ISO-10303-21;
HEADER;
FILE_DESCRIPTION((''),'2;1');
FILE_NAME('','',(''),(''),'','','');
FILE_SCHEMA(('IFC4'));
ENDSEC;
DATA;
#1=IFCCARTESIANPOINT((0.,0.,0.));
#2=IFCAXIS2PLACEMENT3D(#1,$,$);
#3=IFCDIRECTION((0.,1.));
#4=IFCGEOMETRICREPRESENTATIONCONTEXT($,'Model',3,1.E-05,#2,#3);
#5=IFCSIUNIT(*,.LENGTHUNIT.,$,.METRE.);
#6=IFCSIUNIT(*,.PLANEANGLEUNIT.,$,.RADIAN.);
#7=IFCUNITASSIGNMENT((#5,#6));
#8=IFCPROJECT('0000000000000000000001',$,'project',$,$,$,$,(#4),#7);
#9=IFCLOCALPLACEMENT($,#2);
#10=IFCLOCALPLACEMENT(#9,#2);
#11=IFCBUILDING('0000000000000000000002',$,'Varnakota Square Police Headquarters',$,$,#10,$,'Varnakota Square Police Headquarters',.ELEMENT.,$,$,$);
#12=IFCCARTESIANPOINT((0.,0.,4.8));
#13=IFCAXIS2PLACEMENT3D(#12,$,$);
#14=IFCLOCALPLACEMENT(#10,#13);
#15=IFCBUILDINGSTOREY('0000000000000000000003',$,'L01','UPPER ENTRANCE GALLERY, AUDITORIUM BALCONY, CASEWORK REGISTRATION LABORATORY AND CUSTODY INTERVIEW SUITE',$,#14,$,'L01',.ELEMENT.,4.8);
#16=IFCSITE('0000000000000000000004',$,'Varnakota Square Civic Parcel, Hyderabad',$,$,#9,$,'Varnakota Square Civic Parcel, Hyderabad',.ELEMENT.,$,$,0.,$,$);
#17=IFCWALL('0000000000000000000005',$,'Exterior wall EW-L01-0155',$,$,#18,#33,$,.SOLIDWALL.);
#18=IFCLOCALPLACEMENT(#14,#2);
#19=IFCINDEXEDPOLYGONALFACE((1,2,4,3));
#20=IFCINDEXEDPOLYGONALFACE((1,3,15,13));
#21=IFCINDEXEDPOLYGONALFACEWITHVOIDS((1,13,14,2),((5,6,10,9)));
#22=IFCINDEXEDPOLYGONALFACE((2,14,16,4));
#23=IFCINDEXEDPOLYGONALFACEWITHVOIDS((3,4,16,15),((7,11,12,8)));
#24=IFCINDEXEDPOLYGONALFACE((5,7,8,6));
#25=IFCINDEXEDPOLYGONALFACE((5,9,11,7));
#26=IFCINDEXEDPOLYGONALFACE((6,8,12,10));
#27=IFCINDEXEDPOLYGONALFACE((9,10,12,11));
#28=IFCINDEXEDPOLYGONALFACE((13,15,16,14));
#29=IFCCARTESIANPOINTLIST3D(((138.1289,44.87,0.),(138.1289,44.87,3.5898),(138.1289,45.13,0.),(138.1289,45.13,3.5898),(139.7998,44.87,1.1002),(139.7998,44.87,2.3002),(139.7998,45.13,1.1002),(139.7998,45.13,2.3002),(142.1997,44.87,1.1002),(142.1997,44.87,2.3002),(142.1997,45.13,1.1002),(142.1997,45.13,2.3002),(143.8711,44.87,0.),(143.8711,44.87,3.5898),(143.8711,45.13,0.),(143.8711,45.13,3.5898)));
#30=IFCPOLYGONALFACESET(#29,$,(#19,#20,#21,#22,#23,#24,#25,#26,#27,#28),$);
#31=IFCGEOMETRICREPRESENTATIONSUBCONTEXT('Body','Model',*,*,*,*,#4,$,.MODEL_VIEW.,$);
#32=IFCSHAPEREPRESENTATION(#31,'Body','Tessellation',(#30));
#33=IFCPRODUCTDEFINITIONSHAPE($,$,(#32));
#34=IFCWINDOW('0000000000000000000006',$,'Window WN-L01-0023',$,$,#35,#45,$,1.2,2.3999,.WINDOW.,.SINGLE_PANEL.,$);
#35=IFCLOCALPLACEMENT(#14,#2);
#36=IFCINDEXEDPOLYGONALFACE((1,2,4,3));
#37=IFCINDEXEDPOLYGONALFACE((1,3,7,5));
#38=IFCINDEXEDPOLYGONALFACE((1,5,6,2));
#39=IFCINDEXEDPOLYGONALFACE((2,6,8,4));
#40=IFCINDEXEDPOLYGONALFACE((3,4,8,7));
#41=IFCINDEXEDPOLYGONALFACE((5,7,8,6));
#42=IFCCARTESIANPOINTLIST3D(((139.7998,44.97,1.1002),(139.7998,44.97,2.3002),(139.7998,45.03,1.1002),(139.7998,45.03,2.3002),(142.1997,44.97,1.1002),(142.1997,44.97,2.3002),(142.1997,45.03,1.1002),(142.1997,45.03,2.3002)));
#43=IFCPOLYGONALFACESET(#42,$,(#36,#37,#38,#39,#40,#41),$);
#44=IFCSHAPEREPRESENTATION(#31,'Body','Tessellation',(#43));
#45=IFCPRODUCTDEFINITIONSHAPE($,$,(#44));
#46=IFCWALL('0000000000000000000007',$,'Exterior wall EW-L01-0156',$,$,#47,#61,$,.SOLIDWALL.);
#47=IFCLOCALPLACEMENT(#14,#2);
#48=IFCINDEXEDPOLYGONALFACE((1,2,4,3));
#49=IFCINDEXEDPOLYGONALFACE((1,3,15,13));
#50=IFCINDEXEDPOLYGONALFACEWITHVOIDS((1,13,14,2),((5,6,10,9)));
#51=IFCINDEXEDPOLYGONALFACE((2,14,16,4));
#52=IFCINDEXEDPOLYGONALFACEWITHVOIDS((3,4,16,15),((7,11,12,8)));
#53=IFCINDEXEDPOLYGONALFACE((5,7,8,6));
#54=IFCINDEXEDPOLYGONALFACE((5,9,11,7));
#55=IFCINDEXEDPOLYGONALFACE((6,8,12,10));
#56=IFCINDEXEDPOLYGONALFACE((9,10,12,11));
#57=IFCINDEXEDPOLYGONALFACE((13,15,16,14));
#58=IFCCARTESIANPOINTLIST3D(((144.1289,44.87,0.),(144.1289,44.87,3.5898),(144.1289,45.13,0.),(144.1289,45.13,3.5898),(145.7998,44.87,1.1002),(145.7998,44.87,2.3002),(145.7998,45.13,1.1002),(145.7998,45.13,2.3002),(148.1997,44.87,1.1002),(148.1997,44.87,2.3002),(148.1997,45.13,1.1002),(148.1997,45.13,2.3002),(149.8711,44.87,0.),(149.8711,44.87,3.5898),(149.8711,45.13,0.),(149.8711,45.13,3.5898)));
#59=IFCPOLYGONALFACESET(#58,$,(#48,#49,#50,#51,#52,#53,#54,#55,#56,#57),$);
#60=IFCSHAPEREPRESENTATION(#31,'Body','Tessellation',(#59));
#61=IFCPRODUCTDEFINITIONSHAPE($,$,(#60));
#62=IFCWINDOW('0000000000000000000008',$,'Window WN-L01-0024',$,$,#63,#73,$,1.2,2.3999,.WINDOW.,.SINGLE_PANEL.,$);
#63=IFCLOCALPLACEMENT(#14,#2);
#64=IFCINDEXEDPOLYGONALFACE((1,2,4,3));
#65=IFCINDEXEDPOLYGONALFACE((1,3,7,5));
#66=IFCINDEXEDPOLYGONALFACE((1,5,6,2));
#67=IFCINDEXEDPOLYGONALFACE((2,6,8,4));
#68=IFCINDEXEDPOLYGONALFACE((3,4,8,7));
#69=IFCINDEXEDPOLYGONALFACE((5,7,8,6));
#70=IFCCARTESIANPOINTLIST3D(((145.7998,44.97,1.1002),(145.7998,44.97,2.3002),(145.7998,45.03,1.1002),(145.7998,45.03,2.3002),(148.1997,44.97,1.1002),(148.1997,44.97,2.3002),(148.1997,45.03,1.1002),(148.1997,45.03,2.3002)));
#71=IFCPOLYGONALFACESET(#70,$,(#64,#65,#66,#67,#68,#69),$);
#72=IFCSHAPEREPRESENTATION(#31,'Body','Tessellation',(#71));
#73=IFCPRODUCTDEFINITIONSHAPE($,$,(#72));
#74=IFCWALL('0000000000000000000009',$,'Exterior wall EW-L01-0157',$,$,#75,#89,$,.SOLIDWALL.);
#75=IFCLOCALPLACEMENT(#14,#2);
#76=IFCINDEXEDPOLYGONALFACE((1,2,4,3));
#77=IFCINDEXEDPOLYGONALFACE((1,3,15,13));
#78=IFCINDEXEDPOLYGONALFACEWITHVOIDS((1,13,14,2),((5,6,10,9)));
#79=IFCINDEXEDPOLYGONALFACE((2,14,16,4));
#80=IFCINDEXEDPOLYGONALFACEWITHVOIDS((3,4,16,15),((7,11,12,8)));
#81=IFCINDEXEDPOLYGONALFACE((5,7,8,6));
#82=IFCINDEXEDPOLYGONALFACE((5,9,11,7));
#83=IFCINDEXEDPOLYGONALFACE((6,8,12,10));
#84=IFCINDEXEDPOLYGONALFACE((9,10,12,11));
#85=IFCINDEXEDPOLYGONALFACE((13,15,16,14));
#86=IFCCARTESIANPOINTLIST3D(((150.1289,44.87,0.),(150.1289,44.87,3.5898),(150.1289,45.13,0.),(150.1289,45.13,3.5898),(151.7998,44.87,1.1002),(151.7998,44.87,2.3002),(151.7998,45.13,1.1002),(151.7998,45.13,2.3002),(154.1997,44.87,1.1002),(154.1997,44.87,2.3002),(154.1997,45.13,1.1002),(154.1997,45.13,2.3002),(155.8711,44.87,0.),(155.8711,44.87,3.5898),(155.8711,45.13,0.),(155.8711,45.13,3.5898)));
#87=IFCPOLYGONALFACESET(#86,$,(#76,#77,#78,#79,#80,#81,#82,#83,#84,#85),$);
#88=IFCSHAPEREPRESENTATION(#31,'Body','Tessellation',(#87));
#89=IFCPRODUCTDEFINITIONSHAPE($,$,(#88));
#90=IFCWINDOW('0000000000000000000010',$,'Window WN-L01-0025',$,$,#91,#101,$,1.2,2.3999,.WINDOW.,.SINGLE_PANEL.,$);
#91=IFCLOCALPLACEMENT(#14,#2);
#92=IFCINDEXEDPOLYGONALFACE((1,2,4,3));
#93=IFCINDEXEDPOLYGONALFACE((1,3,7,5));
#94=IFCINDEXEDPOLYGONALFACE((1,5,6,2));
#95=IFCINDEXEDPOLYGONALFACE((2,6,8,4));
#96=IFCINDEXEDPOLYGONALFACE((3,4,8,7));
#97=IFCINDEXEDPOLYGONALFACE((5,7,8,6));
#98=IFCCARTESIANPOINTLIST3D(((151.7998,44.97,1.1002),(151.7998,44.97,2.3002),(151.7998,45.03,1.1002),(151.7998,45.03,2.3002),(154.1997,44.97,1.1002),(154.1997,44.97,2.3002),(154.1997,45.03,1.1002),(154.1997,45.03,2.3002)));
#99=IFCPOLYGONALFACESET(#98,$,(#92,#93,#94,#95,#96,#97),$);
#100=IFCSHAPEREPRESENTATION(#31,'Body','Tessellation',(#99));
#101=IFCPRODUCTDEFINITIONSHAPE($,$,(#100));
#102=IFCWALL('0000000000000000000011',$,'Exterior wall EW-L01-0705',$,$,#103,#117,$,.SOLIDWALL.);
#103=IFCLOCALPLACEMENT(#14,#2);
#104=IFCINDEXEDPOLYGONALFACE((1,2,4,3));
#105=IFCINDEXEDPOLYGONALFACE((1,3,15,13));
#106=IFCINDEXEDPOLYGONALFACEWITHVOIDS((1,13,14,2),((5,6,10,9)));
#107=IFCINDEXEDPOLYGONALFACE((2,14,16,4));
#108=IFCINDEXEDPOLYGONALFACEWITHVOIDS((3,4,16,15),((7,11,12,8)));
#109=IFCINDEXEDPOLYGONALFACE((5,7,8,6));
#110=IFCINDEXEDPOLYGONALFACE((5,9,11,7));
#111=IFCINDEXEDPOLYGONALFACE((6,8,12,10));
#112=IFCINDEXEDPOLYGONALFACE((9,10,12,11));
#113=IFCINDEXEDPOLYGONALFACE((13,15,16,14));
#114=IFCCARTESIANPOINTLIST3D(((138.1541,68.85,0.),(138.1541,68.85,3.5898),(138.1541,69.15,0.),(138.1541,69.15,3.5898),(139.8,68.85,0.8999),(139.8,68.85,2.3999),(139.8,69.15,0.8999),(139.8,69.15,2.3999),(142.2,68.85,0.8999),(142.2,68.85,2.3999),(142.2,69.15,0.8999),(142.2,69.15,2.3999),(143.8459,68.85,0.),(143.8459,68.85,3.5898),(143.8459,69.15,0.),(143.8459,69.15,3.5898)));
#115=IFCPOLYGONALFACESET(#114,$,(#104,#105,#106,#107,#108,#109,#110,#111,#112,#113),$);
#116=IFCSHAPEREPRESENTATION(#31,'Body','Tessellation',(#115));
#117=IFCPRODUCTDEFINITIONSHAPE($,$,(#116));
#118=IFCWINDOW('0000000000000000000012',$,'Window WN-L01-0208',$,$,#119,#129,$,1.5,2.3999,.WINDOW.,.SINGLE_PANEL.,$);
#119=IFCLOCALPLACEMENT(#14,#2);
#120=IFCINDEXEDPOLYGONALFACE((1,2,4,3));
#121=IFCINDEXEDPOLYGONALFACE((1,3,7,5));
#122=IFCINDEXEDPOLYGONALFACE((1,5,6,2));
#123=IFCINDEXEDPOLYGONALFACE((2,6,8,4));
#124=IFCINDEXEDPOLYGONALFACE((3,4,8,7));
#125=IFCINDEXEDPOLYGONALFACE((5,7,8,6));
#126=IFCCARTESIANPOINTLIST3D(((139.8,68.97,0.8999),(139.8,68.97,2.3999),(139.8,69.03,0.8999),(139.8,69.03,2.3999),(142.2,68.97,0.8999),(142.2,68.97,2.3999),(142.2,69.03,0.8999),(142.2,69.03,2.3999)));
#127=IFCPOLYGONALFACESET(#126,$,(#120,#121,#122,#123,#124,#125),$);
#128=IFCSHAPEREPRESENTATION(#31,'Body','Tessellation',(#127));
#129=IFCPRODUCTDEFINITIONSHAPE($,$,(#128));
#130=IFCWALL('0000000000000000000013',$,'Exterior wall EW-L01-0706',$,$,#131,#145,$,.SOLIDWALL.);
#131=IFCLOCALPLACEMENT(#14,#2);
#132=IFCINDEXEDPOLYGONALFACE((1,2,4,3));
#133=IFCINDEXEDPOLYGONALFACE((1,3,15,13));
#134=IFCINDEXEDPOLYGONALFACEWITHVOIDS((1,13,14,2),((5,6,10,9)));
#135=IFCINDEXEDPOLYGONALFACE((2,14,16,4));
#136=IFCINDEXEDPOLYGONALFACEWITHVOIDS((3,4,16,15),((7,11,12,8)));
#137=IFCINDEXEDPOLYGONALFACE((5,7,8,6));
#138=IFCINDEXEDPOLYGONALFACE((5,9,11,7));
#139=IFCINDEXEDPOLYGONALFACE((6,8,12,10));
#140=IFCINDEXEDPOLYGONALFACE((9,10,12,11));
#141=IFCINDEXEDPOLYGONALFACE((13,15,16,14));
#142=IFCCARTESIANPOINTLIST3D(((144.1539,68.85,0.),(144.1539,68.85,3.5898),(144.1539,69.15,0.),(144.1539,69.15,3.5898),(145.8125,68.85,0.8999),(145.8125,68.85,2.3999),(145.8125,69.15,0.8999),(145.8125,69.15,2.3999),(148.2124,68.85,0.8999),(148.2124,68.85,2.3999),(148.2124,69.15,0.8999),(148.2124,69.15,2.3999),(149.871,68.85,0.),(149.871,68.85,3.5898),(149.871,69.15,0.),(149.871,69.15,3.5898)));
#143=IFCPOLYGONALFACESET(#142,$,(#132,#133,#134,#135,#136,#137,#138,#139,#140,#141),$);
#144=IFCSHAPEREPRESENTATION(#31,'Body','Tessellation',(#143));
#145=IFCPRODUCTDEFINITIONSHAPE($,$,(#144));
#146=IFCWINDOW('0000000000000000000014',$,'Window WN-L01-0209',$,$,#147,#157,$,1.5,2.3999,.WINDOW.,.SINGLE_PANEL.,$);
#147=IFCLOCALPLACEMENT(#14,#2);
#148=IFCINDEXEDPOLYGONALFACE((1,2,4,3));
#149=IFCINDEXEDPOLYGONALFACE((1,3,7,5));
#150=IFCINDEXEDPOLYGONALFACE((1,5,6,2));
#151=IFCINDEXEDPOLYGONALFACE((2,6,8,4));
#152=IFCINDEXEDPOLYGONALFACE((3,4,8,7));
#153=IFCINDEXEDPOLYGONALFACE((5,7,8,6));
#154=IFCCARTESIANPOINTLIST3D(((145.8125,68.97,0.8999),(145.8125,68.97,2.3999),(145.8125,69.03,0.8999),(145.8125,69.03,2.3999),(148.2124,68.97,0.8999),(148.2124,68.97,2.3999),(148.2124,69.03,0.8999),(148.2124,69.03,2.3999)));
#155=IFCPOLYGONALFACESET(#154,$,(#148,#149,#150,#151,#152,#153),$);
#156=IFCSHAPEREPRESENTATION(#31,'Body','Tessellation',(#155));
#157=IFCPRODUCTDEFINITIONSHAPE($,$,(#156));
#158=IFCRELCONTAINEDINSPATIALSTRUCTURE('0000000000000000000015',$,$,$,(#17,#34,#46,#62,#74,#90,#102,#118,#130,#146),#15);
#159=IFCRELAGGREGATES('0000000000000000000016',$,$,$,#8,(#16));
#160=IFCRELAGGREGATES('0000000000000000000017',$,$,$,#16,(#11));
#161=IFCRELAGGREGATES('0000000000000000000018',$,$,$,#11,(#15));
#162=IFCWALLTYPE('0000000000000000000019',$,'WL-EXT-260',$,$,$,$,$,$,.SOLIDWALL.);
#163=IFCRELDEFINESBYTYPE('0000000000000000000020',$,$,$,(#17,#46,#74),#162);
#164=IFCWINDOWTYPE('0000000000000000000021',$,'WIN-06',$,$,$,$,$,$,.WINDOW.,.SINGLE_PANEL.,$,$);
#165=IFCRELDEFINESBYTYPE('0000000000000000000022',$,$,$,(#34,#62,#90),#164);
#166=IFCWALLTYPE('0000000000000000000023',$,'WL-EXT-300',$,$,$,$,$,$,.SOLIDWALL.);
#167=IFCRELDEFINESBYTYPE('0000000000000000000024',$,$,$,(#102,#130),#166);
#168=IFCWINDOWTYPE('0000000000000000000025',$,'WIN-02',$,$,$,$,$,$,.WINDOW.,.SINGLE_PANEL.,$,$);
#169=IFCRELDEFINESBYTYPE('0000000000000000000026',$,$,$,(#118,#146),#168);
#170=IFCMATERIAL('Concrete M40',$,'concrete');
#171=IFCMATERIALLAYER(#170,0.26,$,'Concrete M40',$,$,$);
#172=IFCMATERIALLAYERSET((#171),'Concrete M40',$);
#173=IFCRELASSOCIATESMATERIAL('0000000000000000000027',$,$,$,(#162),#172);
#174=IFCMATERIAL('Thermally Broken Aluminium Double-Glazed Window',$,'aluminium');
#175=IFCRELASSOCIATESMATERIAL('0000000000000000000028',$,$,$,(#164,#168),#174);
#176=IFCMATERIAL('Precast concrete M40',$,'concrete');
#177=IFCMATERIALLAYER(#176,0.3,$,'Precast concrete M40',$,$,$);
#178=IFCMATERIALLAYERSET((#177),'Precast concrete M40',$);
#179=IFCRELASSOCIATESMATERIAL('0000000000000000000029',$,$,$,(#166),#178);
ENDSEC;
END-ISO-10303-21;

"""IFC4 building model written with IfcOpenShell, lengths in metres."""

from ifc_helpers import new_model, si_unit, direction, frame, frame_2d, origin, place, context, subcontext, project, spatial, rectangle, extrude, material, layer, layer_set, type_object, element, fill, save


model = new_model("IFC4")

# Units and contexts
model_context = context("Model", 3, precision=1e-05, world=origin(), true_north=direction((0.0, 1.0)))
body_context = subcontext(model_context, "Body", "Model", "MODEL_VIEW")
ifc_project = project(units=[si_unit("LENGTHUNIT", "METRE"), si_unit("PLANEANGLEUNIT", "RADIAN")], contexts=[model_context])

# Site, building, storey
site_placement = place(None, origin())
site = spatial("IfcSite", under=ifc_project, at=site_placement, Name="Varnakota Square Civic Parcel, Hyderabad", LongName="Varnakota Square Civic Parcel, Hyderabad", CompositionType="ELEMENT", RefElevation=0.0)
building_placement = place(site_placement, origin())
building = spatial("IfcBuilding", under=site, at=building_placement, Name="Varnakota Square Police Headquarters", LongName="Varnakota Square Police Headquarters", CompositionType="ELEMENT")
storey_placement = place(building_placement, frame((0.0, 0.0, 4.8)))
storey = spatial("IfcBuildingStorey", under=building, at=storey_placement, Name="L01", Description="UPPER ENTRANCE GALLERY, AUDITORIUM BALCONY, CASEWORK REGISTRATION LABORATORY AND CUSTODY INTERVIEW SUITE", LongName="L01", CompositionType="ELEMENT", Elevation=4.8)

# Walls, openings, windows
ifc_material_1 = material(Name="Concrete M40", Category="concrete")
ifc_layer_1 = layer(ifc_material_1, 0.26, Name="Concrete M40")
ifc_layer_set_1 = layer_set([ifc_layer_1], Name="Concrete M40")
wall_type_1 = type_object("IfcWallType", Name="WL-EXT-260", PredefinedType="SOLIDWALL", material=ifc_layer_set_1)
wall_1_placement = place(storey_placement, frame((138.1289, 45.0, 0.0), z_axis=(0.0, 0.0, 1.0), x_axis=(1.0, 0.0, 0.0)))
wall_1 = element("IfcWall", 1, at=wall_1_placement, inside=storey, type_object=wall_type_1, Name="Exterior wall EW-L01-0155", PredefinedType="SOLIDWALL", context=body_context, shape_type="SweptSolid", body=[
    extrude(rectangle(XDim=5.7422, YDim=0.26, at=frame_2d((2.8711, 0.0))), origin(), (0.0, 0.0, 1.0), 3.5898),
])
opening_1_placement = place(wall_1_placement, frame((1.6709, 0.0, 1.1001)))
opening_1 = element("IfcOpeningElement", 2, at=opening_1_placement, cuts=wall_1, PredefinedType="OPENING", context=body_context, shape_type="SweptSolid", body=[
    extrude(rectangle(XDim=2.3999, YDim=1.2, at=frame_2d((1.2, 0.6001))), frame((0.0, 0.1399, 0.0), z_axis=(0.0, -1.0, 0.0), x_axis=(1.0, 0.0, 0.0)), (0.0, 0.0, 1.0), 0.28),
])
ifc_material_2 = material(Name="Thermally Broken Aluminium Double-Glazed Window", Category="aluminium")
window_type_1 = type_object("IfcWindowType", Name="WIN-06", PartitioningType="SINGLE_PANEL", PredefinedType="WINDOW", material=ifc_material_2)
window_1_placement = place(opening_1_placement, origin())
window_1 = element("IfcWindow", 3, at=window_1_placement, inside=storey, type_object=window_type_1, Name="Window WN-L01-0023", OverallHeight=1.2, OverallWidth=2.3999, PartitioningType="SINGLE_PANEL", PredefinedType="WINDOW", context=body_context, shape_type="SweptSolid", body=[
    extrude(rectangle(XDim=2.3999, YDim=1.2, at=frame_2d((1.2, 0.6001))), frame((0.0, 0.03, 0.0), z_axis=(0.0, -1.0, 0.0), x_axis=(1.0, 0.0, 0.0)), (0.0, 0.0, 1.0), 0.0601),
])
fill(opening_1, window_1)
wall_2_placement = place(storey_placement, frame((144.1289, 45.0, 0.0), z_axis=(0.0, 0.0, 1.0), x_axis=(1.0, 0.0, 0.0)))
wall_2 = element("IfcWall", 4, at=wall_2_placement, inside=storey, type_object=wall_type_1, Name="Exterior wall EW-L01-0156", PredefinedType="SOLIDWALL", context=body_context, shape_type="SweptSolid", body=[
    extrude(rectangle(XDim=5.7422, YDim=0.26, at=frame_2d((2.8711, 0.0))), origin(), (0.0, 0.0, 1.0), 3.5898),
])
opening_2_placement = place(wall_2_placement, frame((1.6709, 0.0, 1.1001)))
opening_2 = element("IfcOpeningElement", 5, at=opening_2_placement, cuts=wall_2, PredefinedType="OPENING", context=body_context, shape_type="SweptSolid", body=[
    extrude(rectangle(XDim=2.3999, YDim=1.2, at=frame_2d((1.2, 0.6001))), frame((0.0, 0.1399, 0.0), z_axis=(0.0, -1.0, 0.0), x_axis=(1.0, 0.0, 0.0)), (0.0, 0.0, 1.0), 0.28),
])
window_2_placement = place(opening_2_placement, origin())
window_2 = element("IfcWindow", 6, at=window_2_placement, inside=storey, type_object=window_type_1, Name="Window WN-L01-0024", OverallHeight=1.2, OverallWidth=2.3999, PartitioningType="SINGLE_PANEL", PredefinedType="WINDOW", context=body_context, shape_type="SweptSolid", body=[
    extrude(rectangle(XDim=2.3999, YDim=1.2, at=frame_2d((1.2, 0.6001))), frame((0.0, 0.03, 0.0), z_axis=(0.0, -1.0, 0.0), x_axis=(1.0, 0.0, 0.0)), (0.0, 0.0, 1.0), 0.0601),
])
fill(opening_2, window_2)
wall_3_placement = place(storey_placement, frame((150.1289, 45.0, 0.0), z_axis=(0.0, 0.0, 1.0), x_axis=(1.0, 0.0, 0.0)))
wall_3 = element("IfcWall", 7, at=wall_3_placement, inside=storey, type_object=wall_type_1, Name="Exterior wall EW-L01-0157", PredefinedType="SOLIDWALL", context=body_context, shape_type="SweptSolid", body=[
    extrude(rectangle(XDim=5.7422, YDim=0.26, at=frame_2d((2.8711, 0.0))), origin(), (0.0, 0.0, 1.0), 3.5898),
])
opening_3_placement = place(wall_3_placement, frame((1.6709, 0.0, 1.1001)))
opening_3 = element("IfcOpeningElement", 8, at=opening_3_placement, cuts=wall_3, PredefinedType="OPENING", context=body_context, shape_type="SweptSolid", body=[
    extrude(rectangle(XDim=2.3999, YDim=1.2, at=frame_2d((1.2, 0.6001))), frame((0.0, 0.1399, 0.0), z_axis=(0.0, -1.0, 0.0), x_axis=(1.0, 0.0, 0.0)), (0.0, 0.0, 1.0), 0.28),
])
window_3_placement = place(opening_3_placement, origin())
window_3 = element("IfcWindow", 9, at=window_3_placement, inside=storey, type_object=window_type_1, Name="Window WN-L01-0025", OverallHeight=1.2, OverallWidth=2.3999, PartitioningType="SINGLE_PANEL", PredefinedType="WINDOW", context=body_context, shape_type="SweptSolid", body=[
    extrude(rectangle(XDim=2.3999, YDim=1.2, at=frame_2d((1.2, 0.6001))), frame((0.0, 0.03, 0.0), z_axis=(0.0, -1.0, 0.0), x_axis=(1.0, 0.0, 0.0)), (0.0, 0.0, 1.0), 0.0601),
])
fill(opening_3, window_3)
ifc_material_3 = material(Name="Precast concrete M40", Category="concrete")
ifc_layer_2 = layer(ifc_material_3, 0.3, Name="Precast concrete M40")
ifc_layer_set_2 = layer_set([ifc_layer_2], Name="Precast concrete M40")
wall_type_2 = type_object("IfcWallType", Name="WL-EXT-300", PredefinedType="SOLIDWALL", material=ifc_layer_set_2)
wall_4_placement = place(storey_placement, frame((138.1541, 69.0, 0.0), z_axis=(0.0, 0.0, 1.0), x_axis=(1.0, 0.0, 0.0)))
wall_4 = element("IfcWall", 10, at=wall_4_placement, inside=storey, type_object=wall_type_2, Name="Exterior wall EW-L01-0705", PredefinedType="SOLIDWALL", context=body_context, shape_type="SweptSolid", body=[
    extrude(rectangle(XDim=5.6919, YDim=0.3, at=frame_2d((2.8459, 0.0))), origin(), (0.0, 0.0, 1.0), 3.5898),
])
opening_4_placement = place(wall_4_placement, frame((1.646, 0.0, 0.8999)))
opening_4 = element("IfcOpeningElement", 11, at=opening_4_placement, cuts=wall_4, PredefinedType="OPENING", context=body_context, shape_type="SweptSolid", body=[
    extrude(rectangle(XDim=2.3999, YDim=1.5, at=frame_2d((1.2, 0.75))), frame((0.0, 0.1599, 0.0), z_axis=(0.0, -1.0, 0.0), x_axis=(1.0, 0.0, 0.0)), (0.0, 0.0, 1.0), 0.3201),
])
window_type_2 = type_object("IfcWindowType", Name="WIN-02", PartitioningType="SINGLE_PANEL", PredefinedType="WINDOW", material=ifc_material_2)
window_4_placement = place(opening_4_placement, origin())
window_4 = element("IfcWindow", 12, at=window_4_placement, inside=storey, type_object=window_type_2, Name="Window WN-L01-0208", OverallHeight=1.5, OverallWidth=2.3999, PartitioningType="SINGLE_PANEL", PredefinedType="WINDOW", context=body_context, shape_type="SweptSolid", body=[
    extrude(rectangle(XDim=2.3999, YDim=1.5, at=frame_2d((1.2, 0.75))), frame((0.0, 0.03, 0.0), z_axis=(0.0, -1.0, 0.0), x_axis=(1.0, 0.0, 0.0)), (0.0, 0.0, 1.0), 0.0601),
])
fill(opening_4, window_4)
wall_5_placement = place(storey_placement, frame((144.1541, 69.0, 0.0), z_axis=(0.0, 0.0, 1.0), x_axis=(1.0, 0.0, 0.0)))
wall_5 = element("IfcWall", 13, at=wall_5_placement, inside=storey, type_object=wall_type_2, Name="Exterior wall EW-L01-0706", PredefinedType="SOLIDWALL", context=body_context, shape_type="SweptSolid", body=[
    extrude(rectangle(XDim=5.717, YDim=0.3, at=frame_2d((2.8584, 0.0))), origin(), (0.0, 0.0, 1.0), 3.5898),
])
opening_5_placement = place(wall_5_placement, frame((1.6584, 0.0, 0.8999)))
opening_5 = element("IfcOpeningElement", 14, at=opening_5_placement, cuts=wall_5, PredefinedType="OPENING", context=body_context, shape_type="SweptSolid", body=[
    extrude(rectangle(XDim=2.3999, YDim=1.5, at=frame_2d((1.2, 0.75))), frame((0.0, 0.1599, 0.0), z_axis=(0.0, -1.0, 0.0), x_axis=(1.0, 0.0, 0.0)), (0.0, 0.0, 1.0), 0.3201),
])
window_5_placement = place(opening_5_placement, origin())
window_5 = element("IfcWindow", 15, at=window_5_placement, inside=storey, type_object=window_type_2, Name="Window WN-L01-0209", OverallHeight=1.5, OverallWidth=2.3999, PartitioningType="SINGLE_PANEL", PredefinedType="WINDOW", context=body_context, shape_type="SweptSolid", body=[
    extrude(rectangle(XDim=2.3999, YDim=1.5, at=frame_2d((1.2, 0.75))), frame((0.0, 0.03, 0.0), z_axis=(0.0, -1.0, 0.0), x_axis=(1.0, 0.0, 0.0)), (0.0, 0.0, 1.0), 0.0601),
])
fill(opening_5, window_5)

save(model, "model.ifc")
